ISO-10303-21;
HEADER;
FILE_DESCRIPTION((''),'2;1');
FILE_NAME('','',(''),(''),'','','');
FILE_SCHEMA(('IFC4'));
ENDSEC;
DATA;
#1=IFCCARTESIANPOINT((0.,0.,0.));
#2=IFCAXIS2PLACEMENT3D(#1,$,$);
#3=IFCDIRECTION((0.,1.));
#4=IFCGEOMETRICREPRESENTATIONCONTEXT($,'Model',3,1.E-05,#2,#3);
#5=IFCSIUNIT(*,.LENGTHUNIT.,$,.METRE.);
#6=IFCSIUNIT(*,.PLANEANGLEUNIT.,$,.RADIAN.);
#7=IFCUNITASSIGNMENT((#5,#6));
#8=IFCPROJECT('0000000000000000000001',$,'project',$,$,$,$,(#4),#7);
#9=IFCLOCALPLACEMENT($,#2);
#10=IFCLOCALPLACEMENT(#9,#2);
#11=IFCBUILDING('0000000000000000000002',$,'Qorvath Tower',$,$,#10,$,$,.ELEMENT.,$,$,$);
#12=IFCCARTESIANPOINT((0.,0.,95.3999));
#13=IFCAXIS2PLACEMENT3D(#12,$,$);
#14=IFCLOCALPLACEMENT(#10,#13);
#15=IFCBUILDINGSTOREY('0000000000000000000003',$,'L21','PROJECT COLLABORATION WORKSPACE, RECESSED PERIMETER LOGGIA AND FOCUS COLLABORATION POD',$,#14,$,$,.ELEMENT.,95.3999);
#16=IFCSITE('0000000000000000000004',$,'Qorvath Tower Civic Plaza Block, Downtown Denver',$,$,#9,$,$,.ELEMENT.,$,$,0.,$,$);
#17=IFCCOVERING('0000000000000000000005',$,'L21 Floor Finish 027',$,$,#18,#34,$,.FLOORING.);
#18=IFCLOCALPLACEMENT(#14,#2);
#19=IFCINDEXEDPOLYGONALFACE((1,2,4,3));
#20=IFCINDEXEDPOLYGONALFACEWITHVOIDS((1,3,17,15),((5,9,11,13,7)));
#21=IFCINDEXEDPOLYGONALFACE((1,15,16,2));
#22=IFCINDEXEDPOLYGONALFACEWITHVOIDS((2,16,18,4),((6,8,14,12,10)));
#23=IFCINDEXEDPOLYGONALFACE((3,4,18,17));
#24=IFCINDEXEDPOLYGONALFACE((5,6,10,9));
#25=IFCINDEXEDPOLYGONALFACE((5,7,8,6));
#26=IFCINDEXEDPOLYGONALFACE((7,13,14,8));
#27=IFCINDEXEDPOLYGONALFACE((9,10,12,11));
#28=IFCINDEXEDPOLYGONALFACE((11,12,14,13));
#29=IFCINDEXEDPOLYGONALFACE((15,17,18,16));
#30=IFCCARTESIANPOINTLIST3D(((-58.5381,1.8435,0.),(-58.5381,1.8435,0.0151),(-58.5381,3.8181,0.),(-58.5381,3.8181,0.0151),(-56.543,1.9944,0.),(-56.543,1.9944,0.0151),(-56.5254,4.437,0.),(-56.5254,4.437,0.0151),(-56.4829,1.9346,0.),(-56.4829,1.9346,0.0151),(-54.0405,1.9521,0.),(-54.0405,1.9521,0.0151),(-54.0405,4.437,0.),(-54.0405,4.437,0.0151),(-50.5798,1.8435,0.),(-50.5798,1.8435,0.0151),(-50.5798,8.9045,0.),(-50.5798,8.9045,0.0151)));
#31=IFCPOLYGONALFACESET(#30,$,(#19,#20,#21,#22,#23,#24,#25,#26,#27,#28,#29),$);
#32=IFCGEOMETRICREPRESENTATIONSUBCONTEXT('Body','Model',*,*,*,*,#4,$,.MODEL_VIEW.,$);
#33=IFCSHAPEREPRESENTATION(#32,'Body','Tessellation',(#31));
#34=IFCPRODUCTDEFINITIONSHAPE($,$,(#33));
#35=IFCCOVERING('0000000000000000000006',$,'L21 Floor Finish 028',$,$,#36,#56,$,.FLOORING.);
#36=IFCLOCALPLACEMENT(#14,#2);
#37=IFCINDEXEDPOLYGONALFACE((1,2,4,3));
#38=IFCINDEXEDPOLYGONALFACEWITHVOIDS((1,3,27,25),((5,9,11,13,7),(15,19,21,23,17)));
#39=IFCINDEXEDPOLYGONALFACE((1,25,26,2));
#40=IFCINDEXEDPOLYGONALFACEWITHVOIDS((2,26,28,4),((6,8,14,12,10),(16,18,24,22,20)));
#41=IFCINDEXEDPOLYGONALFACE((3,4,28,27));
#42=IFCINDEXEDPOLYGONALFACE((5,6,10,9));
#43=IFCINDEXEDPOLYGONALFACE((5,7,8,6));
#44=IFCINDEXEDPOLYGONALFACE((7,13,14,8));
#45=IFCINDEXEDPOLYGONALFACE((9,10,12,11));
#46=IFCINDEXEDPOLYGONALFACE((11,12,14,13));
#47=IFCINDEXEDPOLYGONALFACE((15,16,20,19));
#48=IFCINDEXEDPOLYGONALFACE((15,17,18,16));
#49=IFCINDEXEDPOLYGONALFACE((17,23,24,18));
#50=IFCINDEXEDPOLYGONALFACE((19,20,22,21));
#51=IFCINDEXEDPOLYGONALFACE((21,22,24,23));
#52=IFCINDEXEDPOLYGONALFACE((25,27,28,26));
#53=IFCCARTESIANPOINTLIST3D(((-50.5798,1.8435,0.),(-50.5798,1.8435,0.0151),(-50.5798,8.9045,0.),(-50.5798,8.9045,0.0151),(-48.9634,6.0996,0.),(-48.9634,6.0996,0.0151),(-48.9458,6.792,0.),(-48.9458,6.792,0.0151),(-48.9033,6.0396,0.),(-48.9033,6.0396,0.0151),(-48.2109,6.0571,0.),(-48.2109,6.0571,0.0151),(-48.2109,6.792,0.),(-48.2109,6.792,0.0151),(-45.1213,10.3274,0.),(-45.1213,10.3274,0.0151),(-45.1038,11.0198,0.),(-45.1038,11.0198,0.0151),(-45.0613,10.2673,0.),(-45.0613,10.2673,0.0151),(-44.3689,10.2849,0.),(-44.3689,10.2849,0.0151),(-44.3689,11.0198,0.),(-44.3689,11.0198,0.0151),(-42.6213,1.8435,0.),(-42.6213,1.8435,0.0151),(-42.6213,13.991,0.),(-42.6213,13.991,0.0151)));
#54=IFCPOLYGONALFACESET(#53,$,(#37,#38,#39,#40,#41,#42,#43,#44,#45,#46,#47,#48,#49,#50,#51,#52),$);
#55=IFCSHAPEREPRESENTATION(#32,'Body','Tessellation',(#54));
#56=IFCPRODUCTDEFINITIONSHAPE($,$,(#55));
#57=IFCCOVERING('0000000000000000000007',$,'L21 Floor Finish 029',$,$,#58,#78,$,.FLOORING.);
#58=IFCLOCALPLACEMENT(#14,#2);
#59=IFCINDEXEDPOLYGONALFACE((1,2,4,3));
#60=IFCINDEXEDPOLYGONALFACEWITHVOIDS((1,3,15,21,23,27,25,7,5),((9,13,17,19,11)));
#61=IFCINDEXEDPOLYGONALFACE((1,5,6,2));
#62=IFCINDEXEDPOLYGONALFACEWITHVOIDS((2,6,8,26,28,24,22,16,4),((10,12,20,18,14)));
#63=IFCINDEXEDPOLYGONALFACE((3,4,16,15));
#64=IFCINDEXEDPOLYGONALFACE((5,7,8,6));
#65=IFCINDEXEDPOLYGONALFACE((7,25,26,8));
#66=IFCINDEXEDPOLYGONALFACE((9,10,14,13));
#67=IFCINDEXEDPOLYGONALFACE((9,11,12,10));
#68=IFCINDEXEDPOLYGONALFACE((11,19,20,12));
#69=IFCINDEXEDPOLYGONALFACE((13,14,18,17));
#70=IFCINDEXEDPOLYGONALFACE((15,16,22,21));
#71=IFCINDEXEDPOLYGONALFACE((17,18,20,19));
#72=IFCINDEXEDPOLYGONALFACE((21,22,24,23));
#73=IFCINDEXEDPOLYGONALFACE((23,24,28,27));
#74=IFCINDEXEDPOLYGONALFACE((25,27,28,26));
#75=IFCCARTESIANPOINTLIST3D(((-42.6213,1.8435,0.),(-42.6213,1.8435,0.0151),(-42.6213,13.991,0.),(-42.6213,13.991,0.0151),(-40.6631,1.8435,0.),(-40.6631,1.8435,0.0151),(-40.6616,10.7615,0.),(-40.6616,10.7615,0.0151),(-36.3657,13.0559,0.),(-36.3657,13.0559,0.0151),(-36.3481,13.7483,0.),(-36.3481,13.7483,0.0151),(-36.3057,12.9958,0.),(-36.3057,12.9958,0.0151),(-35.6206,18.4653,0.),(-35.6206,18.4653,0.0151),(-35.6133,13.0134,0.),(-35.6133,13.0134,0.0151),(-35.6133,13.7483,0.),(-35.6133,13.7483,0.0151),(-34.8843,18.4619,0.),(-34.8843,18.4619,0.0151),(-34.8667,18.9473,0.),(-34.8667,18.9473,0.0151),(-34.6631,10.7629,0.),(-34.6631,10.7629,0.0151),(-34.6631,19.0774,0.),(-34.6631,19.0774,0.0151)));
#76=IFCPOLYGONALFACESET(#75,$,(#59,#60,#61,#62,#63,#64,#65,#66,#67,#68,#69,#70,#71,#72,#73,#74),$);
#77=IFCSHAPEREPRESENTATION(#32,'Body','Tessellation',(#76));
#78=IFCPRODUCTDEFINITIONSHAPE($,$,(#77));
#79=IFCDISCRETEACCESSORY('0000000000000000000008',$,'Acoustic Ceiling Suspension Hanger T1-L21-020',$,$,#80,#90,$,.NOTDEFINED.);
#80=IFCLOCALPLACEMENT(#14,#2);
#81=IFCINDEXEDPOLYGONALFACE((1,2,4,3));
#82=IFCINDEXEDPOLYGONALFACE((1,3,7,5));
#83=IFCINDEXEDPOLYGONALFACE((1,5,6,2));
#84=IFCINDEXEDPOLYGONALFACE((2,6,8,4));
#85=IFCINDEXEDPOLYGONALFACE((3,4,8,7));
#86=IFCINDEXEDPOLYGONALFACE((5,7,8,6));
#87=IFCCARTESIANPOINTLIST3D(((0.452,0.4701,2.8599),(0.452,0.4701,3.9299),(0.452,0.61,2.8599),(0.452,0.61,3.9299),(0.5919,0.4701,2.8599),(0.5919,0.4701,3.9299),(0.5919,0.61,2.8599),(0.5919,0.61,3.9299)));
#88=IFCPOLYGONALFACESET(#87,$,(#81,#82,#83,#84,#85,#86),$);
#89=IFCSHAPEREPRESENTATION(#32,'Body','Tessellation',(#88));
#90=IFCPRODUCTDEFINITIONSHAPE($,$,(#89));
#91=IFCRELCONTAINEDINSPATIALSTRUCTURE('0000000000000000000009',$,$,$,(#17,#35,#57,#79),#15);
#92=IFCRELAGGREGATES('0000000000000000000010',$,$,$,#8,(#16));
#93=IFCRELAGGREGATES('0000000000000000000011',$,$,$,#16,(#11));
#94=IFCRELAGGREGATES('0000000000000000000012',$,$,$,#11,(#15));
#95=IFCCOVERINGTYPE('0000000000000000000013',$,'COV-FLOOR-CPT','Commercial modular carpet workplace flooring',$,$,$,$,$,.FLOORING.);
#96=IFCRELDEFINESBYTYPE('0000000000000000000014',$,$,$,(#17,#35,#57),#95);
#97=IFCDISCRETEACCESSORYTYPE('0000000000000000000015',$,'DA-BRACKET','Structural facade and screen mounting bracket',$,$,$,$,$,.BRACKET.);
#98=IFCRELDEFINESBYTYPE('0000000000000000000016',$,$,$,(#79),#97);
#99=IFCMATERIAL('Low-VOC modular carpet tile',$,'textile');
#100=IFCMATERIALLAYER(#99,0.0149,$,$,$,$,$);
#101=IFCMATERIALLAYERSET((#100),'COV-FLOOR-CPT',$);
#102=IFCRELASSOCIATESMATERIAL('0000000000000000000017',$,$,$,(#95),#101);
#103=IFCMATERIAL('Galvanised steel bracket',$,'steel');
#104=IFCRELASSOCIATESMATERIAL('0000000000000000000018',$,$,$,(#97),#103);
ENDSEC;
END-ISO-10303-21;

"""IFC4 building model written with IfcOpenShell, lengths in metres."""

from ifc_helpers import new_model, si_unit, direction, frame, origin, origin_2d, place, context, subcontext, project, spatial, polyline, rectangle, outline, extrude, material, layer, layer_set, type_object, element, save


model = new_model("IFC4")

# Units and contexts
model_context = context("Model", 3, precision=1e-05, world=origin(), true_north=direction((0.0, 1.0)))
body_context = subcontext(model_context, "Body", "Model", "MODEL_VIEW")
ifc_project = project(units=[si_unit("LENGTHUNIT", "METRE"), si_unit("PLANEANGLEUNIT", "RADIAN")], contexts=[model_context])

# Site, building, storey
site_placement = place(None, origin())
site = spatial("IfcSite", under=ifc_project, at=site_placement, Name="Qorvath Tower Civic Plaza Block, Downtown Denver", CompositionType="ELEMENT", RefElevation=0.0)
building_placement = place(site_placement, origin())
building = spatial("IfcBuilding", under=site, at=building_placement, Name="Qorvath Tower", CompositionType="ELEMENT")
storey_placement = place(building_placement, frame((0.0, 0.0, 95.3999)))
storey = spatial("IfcBuildingStorey", under=building, at=storey_placement, Name="L21", Description="PROJECT COLLABORATION WORKSPACE, RECESSED PERIMETER LOGGIA AND FOCUS COLLABORATION POD", CompositionType="ELEMENT", Elevation=95.3999)

# Coverings
ifc_material_1 = material(Name="Low-VOC modular carpet tile", Category="textile")
ifc_layer_1 = layer(ifc_material_1, 0.0149)
ifc_layer_set_1 = layer_set([ifc_layer_1], Name="COV-FLOOR-CPT")
covering_type_1 = type_object("IfcCoveringType", Name="COV-FLOOR-CPT", Description="Commercial modular carpet workplace flooring", PredefinedType="FLOORING", material=ifc_layer_set_1)
covering_1_placement = place(storey_placement, origin())
element("IfcCovering", 1, at=covering_1_placement, inside=storey, type_object=covering_type_1, Name="L21 Floor Finish 027", PredefinedType="FLOORING", context=body_context, shape_type="SweptSolid", body=[
    extrude(outline(polyline([(-50.5798, 1.8435), (-50.5798, 8.9045), (-58.5381, 3.8181), (-58.5381, 1.8435), (-50.5798, 1.8435)]), holes=[polyline([(-56.543, 1.9944), (-56.5254, 4.437), (-54.0405, 4.437), (-54.0405, 1.9521), (-56.4829, 1.9346), (-56.543, 1.9944)])]), origin(), (0.0, 0.0, 1.0), 0.0151),
])
covering_2_placement = place(storey_placement, origin())
element("IfcCovering", 2, at=covering_2_placement, inside=storey, type_object=covering_type_1, Name="L21 Floor Finish 028", PredefinedType="FLOORING", context=body_context, shape_type="SweptSolid", body=[
    extrude(outline(polyline([(-42.6213, 1.8435), (-42.6213, 13.991), (-50.5798, 8.9045), (-50.5798, 1.8435), (-42.6213, 1.8435)]), holes=[polyline([(-45.1213, 10.3274), (-45.1038, 11.0198), (-44.3689, 11.0198), (-44.3689, 10.2849), (-45.0613, 10.2673), (-45.1213, 10.3274)]), polyline([(-48.9634, 6.0996), (-48.9458, 6.792), (-48.2109, 6.792), (-48.2109, 6.0571), (-48.9033, 6.0396), (-48.9634, 6.0996)])]), origin(), (0.0, 0.0, 1.0), 0.0151),
])
covering_3_placement = place(storey_placement, origin())
element("IfcCovering", 3, at=covering_3_placement, inside=storey, type_object=covering_type_1, Name="L21 Floor Finish 029", PredefinedType="FLOORING", context=body_context, shape_type="SweptSolid", body=[
    extrude(outline(polyline([(-34.6631, 10.7629), (-34.6631, 19.0774), (-34.8667, 18.9473), (-34.8843, 18.4619), (-35.6206, 18.4653), (-42.6213, 13.991), (-42.6213, 1.8435), (-40.6631, 1.8435), (-40.6616, 10.7615), (-34.6631, 10.7629)]), holes=[polyline([(-36.3657, 13.0559), (-36.3481, 13.7483), (-35.6133, 13.7483), (-35.6133, 13.0134), (-36.3057, 12.9958), (-36.3657, 13.0559)])]), origin(), (0.0, 0.0, 1.0), 0.0151),
])

# Discrete accessory
ifc_material_2 = material(Name="Galvanised steel bracket", Category="steel")
discrete_accessory_type = type_object("IfcDiscreteAccessoryType", Name="DA-BRACKET", Description="Structural facade and screen mounting bracket", PredefinedType="BRACKET", material=ifc_material_2)
discrete_accessory_placement = place(storey_placement, frame((0.522, 0.54, 2.8599), z_axis=(0.0, 0.0, 1.0), x_axis=(1.0, 0.0, 0.0)))
element("IfcDiscreteAccessory", 4, at=discrete_accessory_placement, inside=storey, type_object=discrete_accessory_type, Name="Acoustic Ceiling Suspension Hanger T1-L21-020", PredefinedType="NOTDEFINED", context=body_context, shape_type="SweptSolid", body=[
    extrude(rectangle(XDim=0.1399, YDim=0.1399, at=origin_2d()), origin(), (0.0, 0.0, 1.0), 1.0701),
])

save(model, "model.ifc")
